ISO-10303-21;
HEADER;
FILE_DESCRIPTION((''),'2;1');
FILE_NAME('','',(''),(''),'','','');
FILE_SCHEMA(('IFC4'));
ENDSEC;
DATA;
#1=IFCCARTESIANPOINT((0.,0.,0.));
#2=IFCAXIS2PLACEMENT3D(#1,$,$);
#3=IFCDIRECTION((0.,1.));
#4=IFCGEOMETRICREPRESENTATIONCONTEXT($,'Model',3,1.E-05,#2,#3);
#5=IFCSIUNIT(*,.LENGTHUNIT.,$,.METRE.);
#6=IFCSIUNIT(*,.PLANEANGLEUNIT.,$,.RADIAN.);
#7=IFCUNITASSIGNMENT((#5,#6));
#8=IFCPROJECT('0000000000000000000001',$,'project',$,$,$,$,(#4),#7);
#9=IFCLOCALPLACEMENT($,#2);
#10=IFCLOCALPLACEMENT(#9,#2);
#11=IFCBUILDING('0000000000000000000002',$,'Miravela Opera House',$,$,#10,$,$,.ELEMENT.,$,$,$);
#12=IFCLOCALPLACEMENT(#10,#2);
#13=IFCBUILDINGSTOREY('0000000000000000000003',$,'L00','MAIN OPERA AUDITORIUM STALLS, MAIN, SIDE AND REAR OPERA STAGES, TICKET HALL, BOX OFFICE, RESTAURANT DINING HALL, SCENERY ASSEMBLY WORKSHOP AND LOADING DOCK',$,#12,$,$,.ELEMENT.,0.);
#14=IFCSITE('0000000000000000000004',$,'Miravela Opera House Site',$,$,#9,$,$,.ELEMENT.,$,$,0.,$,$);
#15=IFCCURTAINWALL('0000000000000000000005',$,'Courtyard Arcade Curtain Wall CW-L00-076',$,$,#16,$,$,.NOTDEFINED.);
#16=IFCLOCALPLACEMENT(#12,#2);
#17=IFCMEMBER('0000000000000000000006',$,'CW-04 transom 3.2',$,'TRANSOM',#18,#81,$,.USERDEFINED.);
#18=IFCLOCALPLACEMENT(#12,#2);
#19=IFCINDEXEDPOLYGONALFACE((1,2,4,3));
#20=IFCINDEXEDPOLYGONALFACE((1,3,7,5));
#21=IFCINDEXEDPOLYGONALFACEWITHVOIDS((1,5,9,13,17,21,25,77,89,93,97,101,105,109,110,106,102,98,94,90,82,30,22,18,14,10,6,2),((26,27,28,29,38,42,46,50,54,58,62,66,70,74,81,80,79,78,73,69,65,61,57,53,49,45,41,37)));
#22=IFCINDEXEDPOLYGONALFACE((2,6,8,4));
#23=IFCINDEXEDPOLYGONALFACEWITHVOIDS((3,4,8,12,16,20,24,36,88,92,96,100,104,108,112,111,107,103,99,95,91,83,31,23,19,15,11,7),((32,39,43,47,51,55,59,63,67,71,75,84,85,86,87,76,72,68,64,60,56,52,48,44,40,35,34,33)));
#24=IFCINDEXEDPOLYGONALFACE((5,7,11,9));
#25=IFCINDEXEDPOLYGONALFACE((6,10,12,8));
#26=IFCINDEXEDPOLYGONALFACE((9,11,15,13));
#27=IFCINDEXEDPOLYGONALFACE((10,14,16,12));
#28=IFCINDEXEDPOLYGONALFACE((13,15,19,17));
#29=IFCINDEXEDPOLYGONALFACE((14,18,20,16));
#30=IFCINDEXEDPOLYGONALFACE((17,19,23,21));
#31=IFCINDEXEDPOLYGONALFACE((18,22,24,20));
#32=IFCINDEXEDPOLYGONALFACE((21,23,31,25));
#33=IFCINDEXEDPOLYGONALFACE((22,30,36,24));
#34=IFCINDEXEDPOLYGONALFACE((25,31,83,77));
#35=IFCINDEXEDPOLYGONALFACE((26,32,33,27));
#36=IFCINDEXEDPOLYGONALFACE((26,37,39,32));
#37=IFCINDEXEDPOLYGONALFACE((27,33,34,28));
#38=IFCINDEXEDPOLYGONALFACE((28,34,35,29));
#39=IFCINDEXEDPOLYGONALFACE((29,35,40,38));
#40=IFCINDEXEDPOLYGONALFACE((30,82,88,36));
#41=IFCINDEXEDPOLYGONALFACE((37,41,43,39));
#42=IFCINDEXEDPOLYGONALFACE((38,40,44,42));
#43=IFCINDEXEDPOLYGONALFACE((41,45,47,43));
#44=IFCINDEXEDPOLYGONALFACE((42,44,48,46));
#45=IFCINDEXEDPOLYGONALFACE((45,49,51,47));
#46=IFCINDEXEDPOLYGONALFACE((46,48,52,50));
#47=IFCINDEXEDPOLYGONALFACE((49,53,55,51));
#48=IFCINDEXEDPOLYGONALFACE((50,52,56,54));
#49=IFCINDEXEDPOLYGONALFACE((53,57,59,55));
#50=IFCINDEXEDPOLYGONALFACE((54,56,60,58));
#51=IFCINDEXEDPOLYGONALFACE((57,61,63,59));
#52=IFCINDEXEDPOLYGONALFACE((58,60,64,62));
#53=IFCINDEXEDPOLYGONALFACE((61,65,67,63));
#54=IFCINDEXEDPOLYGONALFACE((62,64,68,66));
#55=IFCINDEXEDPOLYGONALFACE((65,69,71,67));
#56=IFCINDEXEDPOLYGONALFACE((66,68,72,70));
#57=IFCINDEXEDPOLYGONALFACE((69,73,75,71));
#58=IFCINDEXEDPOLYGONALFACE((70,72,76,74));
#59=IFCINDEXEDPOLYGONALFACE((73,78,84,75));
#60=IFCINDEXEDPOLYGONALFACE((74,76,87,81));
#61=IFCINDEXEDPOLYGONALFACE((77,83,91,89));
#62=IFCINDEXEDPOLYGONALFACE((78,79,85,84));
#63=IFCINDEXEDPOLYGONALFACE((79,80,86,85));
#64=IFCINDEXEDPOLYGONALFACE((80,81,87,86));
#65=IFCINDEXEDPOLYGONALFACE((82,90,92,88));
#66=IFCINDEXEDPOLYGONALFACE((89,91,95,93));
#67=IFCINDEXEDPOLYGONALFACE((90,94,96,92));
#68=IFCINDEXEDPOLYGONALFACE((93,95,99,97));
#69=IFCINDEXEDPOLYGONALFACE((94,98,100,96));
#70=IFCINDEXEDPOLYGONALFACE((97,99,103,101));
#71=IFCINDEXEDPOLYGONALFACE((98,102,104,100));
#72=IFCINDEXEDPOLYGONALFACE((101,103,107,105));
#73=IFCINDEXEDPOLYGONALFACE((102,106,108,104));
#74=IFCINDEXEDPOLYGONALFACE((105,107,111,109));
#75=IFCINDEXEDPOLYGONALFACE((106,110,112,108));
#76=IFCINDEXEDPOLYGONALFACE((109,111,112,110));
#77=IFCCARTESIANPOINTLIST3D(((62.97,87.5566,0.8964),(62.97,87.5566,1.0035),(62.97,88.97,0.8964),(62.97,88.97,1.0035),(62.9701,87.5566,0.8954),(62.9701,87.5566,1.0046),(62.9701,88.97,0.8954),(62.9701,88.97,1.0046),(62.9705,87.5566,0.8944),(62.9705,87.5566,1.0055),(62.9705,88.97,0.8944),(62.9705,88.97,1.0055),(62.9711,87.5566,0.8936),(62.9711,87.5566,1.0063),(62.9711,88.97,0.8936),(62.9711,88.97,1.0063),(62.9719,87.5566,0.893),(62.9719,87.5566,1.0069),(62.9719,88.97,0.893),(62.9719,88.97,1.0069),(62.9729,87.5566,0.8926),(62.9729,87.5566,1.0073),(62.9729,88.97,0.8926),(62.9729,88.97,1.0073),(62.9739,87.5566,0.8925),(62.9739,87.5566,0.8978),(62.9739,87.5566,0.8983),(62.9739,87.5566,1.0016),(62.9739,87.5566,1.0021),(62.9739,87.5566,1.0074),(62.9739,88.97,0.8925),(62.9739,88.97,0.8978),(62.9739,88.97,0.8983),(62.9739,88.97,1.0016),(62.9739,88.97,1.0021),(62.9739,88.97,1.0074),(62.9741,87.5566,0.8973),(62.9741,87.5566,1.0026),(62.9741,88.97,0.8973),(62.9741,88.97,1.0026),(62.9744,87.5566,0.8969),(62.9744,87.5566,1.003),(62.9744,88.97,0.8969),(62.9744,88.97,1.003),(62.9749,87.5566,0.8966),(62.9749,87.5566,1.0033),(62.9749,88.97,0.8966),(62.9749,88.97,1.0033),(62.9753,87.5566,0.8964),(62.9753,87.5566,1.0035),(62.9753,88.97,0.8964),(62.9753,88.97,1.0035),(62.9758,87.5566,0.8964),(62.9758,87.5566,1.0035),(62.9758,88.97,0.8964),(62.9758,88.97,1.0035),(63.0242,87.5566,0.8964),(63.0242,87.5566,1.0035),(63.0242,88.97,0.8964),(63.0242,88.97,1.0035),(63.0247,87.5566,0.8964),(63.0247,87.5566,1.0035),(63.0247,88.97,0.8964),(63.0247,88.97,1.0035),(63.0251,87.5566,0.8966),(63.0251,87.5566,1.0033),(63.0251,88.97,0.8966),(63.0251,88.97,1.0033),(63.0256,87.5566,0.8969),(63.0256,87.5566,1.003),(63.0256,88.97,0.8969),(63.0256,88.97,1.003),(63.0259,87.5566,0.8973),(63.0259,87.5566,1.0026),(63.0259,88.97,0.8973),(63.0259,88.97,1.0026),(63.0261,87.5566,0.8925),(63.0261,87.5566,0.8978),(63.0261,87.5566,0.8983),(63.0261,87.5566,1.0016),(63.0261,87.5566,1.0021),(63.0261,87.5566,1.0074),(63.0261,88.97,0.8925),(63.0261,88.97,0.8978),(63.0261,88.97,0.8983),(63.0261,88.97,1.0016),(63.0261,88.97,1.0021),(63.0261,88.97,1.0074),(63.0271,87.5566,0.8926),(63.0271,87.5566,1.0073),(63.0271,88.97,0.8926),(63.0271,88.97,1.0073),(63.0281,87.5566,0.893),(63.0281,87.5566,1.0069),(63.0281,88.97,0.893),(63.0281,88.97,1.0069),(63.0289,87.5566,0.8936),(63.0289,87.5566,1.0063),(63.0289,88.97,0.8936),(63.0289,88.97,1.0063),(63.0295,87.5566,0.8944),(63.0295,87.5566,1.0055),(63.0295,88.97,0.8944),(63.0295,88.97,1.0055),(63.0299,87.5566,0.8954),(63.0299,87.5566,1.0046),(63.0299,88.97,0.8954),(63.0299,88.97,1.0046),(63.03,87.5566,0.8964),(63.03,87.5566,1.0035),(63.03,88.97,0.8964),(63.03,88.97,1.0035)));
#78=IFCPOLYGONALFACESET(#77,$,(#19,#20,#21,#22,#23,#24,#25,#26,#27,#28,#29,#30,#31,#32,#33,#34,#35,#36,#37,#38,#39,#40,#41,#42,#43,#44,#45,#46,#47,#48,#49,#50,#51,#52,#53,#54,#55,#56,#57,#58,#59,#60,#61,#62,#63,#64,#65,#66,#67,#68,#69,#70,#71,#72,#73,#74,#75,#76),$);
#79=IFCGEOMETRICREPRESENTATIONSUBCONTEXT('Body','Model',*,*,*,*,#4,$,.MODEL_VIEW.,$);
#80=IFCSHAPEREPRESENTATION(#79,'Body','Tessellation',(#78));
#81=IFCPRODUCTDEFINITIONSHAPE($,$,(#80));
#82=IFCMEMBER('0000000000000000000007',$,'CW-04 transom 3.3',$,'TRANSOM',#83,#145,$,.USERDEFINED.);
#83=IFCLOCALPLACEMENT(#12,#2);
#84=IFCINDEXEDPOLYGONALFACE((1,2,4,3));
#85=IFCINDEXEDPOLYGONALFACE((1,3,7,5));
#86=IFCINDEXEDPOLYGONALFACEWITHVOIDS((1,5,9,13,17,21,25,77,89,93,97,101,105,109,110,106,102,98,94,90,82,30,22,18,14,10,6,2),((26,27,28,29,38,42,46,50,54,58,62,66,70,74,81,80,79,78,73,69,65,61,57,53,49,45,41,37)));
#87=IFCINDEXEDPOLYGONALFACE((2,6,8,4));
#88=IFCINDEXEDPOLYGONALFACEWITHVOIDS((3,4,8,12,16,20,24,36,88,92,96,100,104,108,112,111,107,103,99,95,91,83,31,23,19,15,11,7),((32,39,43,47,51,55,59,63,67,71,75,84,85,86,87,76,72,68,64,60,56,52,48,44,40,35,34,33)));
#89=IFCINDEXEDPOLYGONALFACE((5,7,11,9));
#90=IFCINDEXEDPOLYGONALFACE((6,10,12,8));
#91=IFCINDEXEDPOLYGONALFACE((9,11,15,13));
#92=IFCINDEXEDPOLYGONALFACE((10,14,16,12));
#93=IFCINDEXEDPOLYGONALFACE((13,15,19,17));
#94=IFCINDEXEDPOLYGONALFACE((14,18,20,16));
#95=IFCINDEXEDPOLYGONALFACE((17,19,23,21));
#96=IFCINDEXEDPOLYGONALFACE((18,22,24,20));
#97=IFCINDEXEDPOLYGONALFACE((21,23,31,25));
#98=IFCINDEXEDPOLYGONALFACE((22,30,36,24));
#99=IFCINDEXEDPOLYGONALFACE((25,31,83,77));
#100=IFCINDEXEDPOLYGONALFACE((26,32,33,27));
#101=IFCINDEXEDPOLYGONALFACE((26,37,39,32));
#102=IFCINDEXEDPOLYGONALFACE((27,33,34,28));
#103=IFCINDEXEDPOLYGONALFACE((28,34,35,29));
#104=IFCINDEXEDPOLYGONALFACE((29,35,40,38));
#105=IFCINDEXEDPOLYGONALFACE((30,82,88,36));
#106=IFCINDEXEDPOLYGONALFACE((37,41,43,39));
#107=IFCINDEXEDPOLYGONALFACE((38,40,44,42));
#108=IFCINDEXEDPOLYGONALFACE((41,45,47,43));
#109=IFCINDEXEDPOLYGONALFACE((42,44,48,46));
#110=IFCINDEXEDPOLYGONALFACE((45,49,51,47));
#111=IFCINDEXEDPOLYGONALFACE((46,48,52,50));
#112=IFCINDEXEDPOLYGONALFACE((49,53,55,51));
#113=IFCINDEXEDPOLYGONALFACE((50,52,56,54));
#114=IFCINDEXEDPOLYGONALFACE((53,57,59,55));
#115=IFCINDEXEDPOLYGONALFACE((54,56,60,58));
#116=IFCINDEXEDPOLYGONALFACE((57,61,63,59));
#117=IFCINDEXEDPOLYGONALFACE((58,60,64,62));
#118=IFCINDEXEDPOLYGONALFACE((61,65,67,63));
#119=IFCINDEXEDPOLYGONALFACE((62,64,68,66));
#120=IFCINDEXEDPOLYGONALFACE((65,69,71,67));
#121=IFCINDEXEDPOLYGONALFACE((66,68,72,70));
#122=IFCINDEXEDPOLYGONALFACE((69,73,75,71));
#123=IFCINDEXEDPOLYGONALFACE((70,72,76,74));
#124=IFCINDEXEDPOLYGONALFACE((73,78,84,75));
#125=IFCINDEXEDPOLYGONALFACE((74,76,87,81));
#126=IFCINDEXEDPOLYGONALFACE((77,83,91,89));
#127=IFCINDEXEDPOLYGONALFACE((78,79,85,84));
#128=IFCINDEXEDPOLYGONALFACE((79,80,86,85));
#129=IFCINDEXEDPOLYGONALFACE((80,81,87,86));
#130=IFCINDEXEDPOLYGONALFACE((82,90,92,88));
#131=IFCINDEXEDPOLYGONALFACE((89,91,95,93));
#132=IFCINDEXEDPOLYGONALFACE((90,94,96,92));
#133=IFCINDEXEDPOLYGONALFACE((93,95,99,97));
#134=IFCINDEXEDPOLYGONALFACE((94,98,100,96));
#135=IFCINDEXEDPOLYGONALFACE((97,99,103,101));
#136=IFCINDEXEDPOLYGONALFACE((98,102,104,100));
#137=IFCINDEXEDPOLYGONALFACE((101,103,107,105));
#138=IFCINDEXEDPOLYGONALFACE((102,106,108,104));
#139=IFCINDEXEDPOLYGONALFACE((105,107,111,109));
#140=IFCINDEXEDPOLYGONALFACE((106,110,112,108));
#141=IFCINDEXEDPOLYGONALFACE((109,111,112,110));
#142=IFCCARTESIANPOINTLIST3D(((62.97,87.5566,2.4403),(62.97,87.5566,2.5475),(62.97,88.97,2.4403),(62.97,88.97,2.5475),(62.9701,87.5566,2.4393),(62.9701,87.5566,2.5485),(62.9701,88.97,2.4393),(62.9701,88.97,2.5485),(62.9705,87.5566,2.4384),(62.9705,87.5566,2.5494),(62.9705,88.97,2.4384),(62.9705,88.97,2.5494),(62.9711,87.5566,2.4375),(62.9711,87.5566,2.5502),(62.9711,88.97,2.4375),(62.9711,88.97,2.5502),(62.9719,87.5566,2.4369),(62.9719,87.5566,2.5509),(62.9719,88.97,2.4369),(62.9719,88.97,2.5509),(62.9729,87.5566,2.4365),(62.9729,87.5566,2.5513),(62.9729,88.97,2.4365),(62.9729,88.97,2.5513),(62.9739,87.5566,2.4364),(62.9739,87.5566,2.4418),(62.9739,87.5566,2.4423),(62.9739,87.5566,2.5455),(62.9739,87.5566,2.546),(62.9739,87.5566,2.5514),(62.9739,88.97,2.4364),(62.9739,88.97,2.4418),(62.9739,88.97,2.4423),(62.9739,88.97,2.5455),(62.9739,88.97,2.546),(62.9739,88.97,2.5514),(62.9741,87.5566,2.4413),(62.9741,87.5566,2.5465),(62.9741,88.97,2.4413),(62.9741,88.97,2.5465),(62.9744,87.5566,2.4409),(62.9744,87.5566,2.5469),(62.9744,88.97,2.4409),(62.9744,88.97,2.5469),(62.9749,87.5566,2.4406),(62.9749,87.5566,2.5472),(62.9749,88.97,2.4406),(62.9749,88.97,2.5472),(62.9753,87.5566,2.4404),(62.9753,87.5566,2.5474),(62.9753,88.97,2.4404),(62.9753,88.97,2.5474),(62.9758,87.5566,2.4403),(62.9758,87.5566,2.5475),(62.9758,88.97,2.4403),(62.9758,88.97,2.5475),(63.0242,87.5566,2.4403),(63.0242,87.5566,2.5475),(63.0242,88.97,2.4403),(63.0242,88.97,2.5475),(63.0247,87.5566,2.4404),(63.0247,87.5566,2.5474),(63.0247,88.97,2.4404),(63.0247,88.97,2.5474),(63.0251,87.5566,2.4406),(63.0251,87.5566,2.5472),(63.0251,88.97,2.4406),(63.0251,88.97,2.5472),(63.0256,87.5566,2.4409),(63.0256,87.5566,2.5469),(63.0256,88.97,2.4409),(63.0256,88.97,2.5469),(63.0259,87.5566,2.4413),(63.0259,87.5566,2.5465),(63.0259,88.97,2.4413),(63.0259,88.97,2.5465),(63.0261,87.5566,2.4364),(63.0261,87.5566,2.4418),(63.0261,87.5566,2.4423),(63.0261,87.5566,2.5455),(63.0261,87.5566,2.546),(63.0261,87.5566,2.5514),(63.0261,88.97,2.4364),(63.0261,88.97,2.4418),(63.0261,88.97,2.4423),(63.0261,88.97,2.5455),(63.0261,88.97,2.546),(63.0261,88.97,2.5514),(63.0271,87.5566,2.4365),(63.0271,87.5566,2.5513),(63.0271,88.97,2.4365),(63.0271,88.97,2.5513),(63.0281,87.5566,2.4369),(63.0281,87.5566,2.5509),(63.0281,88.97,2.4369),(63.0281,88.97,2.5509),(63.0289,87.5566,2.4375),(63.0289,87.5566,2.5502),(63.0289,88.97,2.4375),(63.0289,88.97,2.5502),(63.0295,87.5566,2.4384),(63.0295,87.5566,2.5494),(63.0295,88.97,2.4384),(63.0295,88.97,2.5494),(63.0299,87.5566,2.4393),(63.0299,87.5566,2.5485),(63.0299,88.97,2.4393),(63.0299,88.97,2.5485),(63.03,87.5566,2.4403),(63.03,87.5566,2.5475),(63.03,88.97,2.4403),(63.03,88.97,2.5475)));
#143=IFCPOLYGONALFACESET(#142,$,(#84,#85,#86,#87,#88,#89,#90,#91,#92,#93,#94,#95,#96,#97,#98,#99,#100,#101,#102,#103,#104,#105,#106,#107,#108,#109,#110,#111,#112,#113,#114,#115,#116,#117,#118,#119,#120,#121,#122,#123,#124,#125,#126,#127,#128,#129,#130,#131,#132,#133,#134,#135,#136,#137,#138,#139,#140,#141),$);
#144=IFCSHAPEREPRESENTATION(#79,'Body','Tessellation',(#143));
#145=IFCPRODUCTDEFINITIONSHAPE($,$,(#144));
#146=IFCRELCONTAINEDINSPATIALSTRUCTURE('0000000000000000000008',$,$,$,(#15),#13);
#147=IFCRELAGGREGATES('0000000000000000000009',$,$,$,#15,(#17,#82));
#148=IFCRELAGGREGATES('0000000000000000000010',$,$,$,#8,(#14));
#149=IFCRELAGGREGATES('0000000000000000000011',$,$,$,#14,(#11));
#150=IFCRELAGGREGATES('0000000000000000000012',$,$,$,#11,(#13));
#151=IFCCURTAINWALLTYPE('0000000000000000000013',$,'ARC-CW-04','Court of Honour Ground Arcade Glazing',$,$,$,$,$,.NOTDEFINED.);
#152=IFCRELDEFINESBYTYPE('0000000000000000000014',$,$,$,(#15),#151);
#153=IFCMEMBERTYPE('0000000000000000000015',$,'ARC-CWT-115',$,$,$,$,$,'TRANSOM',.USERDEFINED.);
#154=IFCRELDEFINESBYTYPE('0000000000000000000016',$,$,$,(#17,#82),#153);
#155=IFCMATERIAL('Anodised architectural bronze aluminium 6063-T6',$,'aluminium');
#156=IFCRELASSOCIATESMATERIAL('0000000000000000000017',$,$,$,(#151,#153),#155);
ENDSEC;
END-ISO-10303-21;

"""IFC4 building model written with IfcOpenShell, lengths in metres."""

from ifc_helpers import new_model, si_unit, direction, frame, origin, origin_2d, place, context, subcontext, project, spatial, hollow_rectangle, extrude, material, material_profile, profile_set, type_object, element, aggregate, save


model = new_model("IFC4")

# Units and contexts
model_context = context("Model", 3, precision=1e-05, world=origin(), true_north=direction((0.0, 1.0)))
body_context = subcontext(model_context, "Body", "Model", "MODEL_VIEW")
ifc_project = project(units=[si_unit("LENGTHUNIT", "METRE"), si_unit("PLANEANGLEUNIT", "RADIAN")], contexts=[model_context])

# Site, building, storey
site_placement = place(None, origin())
site = spatial("IfcSite", under=ifc_project, at=site_placement, Name="Miravela Opera House Site", CompositionType="ELEMENT", RefElevation=0.0)
building_placement = place(site_placement, origin())
building = spatial("IfcBuilding", under=site, at=building_placement, Name="Miravela Opera House", CompositionType="ELEMENT")
storey_placement = place(building_placement, origin())
storey = spatial("IfcBuildingStorey", under=building, at=storey_placement, Name="L00", Description="MAIN OPERA AUDITORIUM STALLS, MAIN, SIDE AND REAR OPERA STAGES, TICKET HALL, BOX OFFICE, RESTAURANT DINING HALL, SCENERY ASSEMBLY WORKSHOP AND LOADING DOCK", CompositionType="ELEMENT", Elevation=0.0)

# Curtain wall, members
ifc_material_1 = material(Name="Anodised architectural bronze aluminium 6063-T6", Category="aluminium")
curtain_wall_type = type_object("IfcCurtainWallType", Name="ARC-CW-04", Description="Court of Honour Ground Arcade Glazing", PredefinedType="NOTDEFINED", material=ifc_material_1)
curtain_wall_placement = place(storey_placement, origin())
curtain_wall = element("IfcCurtainWall", 1, at=curtain_wall_placement, inside=storey, type_object=curtain_wall_type, Name="Courtyard Arcade Curtain Wall CW-L00-076", PredefinedType="NOTDEFINED")
ifc_material_profile_1 = material_profile(ifc_material_1, hollow_rectangle(XDim=0.0601, YDim=0.115, WallThickness=0.0039, InnerFilletRadius=0.002, OuterFilletRadius=0.0039, at=origin_2d()), Name="CWT-60X115")
ifc_profile_set_1 = profile_set([ifc_material_profile_1])
member_type_1 = type_object("IfcMemberType", Name="ARC-CWT-115", ElementType="TRANSOM", PredefinedType="USERDEFINED", material=ifc_profile_set_1)
member_1_placement = place(storey_placement, frame((63.0, 87.5566, 0.95), z_axis=(0.0, 1.0, 0.0), x_axis=(-1.0, 0.0, 0.0)))
member_1 = element("IfcMember", 2, at=member_1_placement, type_object=member_type_1, Name="CW-04 transom 3.2", ObjectType="TRANSOM", PredefinedType="USERDEFINED", context=body_context, shape_type="SweptSolid", body=[
    extrude(hollow_rectangle(XDim=0.0601, YDim=0.115, WallThickness=0.0039, InnerFilletRadius=0.002, OuterFilletRadius=0.0039, at=origin_2d()), origin(), (0.0, 0.0, 1.0), 1.4133),
])
member_2_placement = place(storey_placement, frame((63.0, 87.5566, 2.4939), z_axis=(0.0, 1.0, 0.0), x_axis=(-1.0, 0.0, 0.0)))
member_2 = element("IfcMember", 3, at=member_2_placement, type_object=member_type_1, Name="CW-04 transom 3.3", ObjectType="TRANSOM", PredefinedType="USERDEFINED", context=body_context, shape_type="SweptSolid", body=[
    extrude(hollow_rectangle(XDim=0.0601, YDim=0.115, WallThickness=0.0039, InnerFilletRadius=0.002, OuterFilletRadius=0.0039, at=origin_2d()), origin(), (0.0, 0.0, 1.0), 1.4133),
])

aggregate(curtain_wall, [member_1, member_2])

save(model, "model.ifc")
